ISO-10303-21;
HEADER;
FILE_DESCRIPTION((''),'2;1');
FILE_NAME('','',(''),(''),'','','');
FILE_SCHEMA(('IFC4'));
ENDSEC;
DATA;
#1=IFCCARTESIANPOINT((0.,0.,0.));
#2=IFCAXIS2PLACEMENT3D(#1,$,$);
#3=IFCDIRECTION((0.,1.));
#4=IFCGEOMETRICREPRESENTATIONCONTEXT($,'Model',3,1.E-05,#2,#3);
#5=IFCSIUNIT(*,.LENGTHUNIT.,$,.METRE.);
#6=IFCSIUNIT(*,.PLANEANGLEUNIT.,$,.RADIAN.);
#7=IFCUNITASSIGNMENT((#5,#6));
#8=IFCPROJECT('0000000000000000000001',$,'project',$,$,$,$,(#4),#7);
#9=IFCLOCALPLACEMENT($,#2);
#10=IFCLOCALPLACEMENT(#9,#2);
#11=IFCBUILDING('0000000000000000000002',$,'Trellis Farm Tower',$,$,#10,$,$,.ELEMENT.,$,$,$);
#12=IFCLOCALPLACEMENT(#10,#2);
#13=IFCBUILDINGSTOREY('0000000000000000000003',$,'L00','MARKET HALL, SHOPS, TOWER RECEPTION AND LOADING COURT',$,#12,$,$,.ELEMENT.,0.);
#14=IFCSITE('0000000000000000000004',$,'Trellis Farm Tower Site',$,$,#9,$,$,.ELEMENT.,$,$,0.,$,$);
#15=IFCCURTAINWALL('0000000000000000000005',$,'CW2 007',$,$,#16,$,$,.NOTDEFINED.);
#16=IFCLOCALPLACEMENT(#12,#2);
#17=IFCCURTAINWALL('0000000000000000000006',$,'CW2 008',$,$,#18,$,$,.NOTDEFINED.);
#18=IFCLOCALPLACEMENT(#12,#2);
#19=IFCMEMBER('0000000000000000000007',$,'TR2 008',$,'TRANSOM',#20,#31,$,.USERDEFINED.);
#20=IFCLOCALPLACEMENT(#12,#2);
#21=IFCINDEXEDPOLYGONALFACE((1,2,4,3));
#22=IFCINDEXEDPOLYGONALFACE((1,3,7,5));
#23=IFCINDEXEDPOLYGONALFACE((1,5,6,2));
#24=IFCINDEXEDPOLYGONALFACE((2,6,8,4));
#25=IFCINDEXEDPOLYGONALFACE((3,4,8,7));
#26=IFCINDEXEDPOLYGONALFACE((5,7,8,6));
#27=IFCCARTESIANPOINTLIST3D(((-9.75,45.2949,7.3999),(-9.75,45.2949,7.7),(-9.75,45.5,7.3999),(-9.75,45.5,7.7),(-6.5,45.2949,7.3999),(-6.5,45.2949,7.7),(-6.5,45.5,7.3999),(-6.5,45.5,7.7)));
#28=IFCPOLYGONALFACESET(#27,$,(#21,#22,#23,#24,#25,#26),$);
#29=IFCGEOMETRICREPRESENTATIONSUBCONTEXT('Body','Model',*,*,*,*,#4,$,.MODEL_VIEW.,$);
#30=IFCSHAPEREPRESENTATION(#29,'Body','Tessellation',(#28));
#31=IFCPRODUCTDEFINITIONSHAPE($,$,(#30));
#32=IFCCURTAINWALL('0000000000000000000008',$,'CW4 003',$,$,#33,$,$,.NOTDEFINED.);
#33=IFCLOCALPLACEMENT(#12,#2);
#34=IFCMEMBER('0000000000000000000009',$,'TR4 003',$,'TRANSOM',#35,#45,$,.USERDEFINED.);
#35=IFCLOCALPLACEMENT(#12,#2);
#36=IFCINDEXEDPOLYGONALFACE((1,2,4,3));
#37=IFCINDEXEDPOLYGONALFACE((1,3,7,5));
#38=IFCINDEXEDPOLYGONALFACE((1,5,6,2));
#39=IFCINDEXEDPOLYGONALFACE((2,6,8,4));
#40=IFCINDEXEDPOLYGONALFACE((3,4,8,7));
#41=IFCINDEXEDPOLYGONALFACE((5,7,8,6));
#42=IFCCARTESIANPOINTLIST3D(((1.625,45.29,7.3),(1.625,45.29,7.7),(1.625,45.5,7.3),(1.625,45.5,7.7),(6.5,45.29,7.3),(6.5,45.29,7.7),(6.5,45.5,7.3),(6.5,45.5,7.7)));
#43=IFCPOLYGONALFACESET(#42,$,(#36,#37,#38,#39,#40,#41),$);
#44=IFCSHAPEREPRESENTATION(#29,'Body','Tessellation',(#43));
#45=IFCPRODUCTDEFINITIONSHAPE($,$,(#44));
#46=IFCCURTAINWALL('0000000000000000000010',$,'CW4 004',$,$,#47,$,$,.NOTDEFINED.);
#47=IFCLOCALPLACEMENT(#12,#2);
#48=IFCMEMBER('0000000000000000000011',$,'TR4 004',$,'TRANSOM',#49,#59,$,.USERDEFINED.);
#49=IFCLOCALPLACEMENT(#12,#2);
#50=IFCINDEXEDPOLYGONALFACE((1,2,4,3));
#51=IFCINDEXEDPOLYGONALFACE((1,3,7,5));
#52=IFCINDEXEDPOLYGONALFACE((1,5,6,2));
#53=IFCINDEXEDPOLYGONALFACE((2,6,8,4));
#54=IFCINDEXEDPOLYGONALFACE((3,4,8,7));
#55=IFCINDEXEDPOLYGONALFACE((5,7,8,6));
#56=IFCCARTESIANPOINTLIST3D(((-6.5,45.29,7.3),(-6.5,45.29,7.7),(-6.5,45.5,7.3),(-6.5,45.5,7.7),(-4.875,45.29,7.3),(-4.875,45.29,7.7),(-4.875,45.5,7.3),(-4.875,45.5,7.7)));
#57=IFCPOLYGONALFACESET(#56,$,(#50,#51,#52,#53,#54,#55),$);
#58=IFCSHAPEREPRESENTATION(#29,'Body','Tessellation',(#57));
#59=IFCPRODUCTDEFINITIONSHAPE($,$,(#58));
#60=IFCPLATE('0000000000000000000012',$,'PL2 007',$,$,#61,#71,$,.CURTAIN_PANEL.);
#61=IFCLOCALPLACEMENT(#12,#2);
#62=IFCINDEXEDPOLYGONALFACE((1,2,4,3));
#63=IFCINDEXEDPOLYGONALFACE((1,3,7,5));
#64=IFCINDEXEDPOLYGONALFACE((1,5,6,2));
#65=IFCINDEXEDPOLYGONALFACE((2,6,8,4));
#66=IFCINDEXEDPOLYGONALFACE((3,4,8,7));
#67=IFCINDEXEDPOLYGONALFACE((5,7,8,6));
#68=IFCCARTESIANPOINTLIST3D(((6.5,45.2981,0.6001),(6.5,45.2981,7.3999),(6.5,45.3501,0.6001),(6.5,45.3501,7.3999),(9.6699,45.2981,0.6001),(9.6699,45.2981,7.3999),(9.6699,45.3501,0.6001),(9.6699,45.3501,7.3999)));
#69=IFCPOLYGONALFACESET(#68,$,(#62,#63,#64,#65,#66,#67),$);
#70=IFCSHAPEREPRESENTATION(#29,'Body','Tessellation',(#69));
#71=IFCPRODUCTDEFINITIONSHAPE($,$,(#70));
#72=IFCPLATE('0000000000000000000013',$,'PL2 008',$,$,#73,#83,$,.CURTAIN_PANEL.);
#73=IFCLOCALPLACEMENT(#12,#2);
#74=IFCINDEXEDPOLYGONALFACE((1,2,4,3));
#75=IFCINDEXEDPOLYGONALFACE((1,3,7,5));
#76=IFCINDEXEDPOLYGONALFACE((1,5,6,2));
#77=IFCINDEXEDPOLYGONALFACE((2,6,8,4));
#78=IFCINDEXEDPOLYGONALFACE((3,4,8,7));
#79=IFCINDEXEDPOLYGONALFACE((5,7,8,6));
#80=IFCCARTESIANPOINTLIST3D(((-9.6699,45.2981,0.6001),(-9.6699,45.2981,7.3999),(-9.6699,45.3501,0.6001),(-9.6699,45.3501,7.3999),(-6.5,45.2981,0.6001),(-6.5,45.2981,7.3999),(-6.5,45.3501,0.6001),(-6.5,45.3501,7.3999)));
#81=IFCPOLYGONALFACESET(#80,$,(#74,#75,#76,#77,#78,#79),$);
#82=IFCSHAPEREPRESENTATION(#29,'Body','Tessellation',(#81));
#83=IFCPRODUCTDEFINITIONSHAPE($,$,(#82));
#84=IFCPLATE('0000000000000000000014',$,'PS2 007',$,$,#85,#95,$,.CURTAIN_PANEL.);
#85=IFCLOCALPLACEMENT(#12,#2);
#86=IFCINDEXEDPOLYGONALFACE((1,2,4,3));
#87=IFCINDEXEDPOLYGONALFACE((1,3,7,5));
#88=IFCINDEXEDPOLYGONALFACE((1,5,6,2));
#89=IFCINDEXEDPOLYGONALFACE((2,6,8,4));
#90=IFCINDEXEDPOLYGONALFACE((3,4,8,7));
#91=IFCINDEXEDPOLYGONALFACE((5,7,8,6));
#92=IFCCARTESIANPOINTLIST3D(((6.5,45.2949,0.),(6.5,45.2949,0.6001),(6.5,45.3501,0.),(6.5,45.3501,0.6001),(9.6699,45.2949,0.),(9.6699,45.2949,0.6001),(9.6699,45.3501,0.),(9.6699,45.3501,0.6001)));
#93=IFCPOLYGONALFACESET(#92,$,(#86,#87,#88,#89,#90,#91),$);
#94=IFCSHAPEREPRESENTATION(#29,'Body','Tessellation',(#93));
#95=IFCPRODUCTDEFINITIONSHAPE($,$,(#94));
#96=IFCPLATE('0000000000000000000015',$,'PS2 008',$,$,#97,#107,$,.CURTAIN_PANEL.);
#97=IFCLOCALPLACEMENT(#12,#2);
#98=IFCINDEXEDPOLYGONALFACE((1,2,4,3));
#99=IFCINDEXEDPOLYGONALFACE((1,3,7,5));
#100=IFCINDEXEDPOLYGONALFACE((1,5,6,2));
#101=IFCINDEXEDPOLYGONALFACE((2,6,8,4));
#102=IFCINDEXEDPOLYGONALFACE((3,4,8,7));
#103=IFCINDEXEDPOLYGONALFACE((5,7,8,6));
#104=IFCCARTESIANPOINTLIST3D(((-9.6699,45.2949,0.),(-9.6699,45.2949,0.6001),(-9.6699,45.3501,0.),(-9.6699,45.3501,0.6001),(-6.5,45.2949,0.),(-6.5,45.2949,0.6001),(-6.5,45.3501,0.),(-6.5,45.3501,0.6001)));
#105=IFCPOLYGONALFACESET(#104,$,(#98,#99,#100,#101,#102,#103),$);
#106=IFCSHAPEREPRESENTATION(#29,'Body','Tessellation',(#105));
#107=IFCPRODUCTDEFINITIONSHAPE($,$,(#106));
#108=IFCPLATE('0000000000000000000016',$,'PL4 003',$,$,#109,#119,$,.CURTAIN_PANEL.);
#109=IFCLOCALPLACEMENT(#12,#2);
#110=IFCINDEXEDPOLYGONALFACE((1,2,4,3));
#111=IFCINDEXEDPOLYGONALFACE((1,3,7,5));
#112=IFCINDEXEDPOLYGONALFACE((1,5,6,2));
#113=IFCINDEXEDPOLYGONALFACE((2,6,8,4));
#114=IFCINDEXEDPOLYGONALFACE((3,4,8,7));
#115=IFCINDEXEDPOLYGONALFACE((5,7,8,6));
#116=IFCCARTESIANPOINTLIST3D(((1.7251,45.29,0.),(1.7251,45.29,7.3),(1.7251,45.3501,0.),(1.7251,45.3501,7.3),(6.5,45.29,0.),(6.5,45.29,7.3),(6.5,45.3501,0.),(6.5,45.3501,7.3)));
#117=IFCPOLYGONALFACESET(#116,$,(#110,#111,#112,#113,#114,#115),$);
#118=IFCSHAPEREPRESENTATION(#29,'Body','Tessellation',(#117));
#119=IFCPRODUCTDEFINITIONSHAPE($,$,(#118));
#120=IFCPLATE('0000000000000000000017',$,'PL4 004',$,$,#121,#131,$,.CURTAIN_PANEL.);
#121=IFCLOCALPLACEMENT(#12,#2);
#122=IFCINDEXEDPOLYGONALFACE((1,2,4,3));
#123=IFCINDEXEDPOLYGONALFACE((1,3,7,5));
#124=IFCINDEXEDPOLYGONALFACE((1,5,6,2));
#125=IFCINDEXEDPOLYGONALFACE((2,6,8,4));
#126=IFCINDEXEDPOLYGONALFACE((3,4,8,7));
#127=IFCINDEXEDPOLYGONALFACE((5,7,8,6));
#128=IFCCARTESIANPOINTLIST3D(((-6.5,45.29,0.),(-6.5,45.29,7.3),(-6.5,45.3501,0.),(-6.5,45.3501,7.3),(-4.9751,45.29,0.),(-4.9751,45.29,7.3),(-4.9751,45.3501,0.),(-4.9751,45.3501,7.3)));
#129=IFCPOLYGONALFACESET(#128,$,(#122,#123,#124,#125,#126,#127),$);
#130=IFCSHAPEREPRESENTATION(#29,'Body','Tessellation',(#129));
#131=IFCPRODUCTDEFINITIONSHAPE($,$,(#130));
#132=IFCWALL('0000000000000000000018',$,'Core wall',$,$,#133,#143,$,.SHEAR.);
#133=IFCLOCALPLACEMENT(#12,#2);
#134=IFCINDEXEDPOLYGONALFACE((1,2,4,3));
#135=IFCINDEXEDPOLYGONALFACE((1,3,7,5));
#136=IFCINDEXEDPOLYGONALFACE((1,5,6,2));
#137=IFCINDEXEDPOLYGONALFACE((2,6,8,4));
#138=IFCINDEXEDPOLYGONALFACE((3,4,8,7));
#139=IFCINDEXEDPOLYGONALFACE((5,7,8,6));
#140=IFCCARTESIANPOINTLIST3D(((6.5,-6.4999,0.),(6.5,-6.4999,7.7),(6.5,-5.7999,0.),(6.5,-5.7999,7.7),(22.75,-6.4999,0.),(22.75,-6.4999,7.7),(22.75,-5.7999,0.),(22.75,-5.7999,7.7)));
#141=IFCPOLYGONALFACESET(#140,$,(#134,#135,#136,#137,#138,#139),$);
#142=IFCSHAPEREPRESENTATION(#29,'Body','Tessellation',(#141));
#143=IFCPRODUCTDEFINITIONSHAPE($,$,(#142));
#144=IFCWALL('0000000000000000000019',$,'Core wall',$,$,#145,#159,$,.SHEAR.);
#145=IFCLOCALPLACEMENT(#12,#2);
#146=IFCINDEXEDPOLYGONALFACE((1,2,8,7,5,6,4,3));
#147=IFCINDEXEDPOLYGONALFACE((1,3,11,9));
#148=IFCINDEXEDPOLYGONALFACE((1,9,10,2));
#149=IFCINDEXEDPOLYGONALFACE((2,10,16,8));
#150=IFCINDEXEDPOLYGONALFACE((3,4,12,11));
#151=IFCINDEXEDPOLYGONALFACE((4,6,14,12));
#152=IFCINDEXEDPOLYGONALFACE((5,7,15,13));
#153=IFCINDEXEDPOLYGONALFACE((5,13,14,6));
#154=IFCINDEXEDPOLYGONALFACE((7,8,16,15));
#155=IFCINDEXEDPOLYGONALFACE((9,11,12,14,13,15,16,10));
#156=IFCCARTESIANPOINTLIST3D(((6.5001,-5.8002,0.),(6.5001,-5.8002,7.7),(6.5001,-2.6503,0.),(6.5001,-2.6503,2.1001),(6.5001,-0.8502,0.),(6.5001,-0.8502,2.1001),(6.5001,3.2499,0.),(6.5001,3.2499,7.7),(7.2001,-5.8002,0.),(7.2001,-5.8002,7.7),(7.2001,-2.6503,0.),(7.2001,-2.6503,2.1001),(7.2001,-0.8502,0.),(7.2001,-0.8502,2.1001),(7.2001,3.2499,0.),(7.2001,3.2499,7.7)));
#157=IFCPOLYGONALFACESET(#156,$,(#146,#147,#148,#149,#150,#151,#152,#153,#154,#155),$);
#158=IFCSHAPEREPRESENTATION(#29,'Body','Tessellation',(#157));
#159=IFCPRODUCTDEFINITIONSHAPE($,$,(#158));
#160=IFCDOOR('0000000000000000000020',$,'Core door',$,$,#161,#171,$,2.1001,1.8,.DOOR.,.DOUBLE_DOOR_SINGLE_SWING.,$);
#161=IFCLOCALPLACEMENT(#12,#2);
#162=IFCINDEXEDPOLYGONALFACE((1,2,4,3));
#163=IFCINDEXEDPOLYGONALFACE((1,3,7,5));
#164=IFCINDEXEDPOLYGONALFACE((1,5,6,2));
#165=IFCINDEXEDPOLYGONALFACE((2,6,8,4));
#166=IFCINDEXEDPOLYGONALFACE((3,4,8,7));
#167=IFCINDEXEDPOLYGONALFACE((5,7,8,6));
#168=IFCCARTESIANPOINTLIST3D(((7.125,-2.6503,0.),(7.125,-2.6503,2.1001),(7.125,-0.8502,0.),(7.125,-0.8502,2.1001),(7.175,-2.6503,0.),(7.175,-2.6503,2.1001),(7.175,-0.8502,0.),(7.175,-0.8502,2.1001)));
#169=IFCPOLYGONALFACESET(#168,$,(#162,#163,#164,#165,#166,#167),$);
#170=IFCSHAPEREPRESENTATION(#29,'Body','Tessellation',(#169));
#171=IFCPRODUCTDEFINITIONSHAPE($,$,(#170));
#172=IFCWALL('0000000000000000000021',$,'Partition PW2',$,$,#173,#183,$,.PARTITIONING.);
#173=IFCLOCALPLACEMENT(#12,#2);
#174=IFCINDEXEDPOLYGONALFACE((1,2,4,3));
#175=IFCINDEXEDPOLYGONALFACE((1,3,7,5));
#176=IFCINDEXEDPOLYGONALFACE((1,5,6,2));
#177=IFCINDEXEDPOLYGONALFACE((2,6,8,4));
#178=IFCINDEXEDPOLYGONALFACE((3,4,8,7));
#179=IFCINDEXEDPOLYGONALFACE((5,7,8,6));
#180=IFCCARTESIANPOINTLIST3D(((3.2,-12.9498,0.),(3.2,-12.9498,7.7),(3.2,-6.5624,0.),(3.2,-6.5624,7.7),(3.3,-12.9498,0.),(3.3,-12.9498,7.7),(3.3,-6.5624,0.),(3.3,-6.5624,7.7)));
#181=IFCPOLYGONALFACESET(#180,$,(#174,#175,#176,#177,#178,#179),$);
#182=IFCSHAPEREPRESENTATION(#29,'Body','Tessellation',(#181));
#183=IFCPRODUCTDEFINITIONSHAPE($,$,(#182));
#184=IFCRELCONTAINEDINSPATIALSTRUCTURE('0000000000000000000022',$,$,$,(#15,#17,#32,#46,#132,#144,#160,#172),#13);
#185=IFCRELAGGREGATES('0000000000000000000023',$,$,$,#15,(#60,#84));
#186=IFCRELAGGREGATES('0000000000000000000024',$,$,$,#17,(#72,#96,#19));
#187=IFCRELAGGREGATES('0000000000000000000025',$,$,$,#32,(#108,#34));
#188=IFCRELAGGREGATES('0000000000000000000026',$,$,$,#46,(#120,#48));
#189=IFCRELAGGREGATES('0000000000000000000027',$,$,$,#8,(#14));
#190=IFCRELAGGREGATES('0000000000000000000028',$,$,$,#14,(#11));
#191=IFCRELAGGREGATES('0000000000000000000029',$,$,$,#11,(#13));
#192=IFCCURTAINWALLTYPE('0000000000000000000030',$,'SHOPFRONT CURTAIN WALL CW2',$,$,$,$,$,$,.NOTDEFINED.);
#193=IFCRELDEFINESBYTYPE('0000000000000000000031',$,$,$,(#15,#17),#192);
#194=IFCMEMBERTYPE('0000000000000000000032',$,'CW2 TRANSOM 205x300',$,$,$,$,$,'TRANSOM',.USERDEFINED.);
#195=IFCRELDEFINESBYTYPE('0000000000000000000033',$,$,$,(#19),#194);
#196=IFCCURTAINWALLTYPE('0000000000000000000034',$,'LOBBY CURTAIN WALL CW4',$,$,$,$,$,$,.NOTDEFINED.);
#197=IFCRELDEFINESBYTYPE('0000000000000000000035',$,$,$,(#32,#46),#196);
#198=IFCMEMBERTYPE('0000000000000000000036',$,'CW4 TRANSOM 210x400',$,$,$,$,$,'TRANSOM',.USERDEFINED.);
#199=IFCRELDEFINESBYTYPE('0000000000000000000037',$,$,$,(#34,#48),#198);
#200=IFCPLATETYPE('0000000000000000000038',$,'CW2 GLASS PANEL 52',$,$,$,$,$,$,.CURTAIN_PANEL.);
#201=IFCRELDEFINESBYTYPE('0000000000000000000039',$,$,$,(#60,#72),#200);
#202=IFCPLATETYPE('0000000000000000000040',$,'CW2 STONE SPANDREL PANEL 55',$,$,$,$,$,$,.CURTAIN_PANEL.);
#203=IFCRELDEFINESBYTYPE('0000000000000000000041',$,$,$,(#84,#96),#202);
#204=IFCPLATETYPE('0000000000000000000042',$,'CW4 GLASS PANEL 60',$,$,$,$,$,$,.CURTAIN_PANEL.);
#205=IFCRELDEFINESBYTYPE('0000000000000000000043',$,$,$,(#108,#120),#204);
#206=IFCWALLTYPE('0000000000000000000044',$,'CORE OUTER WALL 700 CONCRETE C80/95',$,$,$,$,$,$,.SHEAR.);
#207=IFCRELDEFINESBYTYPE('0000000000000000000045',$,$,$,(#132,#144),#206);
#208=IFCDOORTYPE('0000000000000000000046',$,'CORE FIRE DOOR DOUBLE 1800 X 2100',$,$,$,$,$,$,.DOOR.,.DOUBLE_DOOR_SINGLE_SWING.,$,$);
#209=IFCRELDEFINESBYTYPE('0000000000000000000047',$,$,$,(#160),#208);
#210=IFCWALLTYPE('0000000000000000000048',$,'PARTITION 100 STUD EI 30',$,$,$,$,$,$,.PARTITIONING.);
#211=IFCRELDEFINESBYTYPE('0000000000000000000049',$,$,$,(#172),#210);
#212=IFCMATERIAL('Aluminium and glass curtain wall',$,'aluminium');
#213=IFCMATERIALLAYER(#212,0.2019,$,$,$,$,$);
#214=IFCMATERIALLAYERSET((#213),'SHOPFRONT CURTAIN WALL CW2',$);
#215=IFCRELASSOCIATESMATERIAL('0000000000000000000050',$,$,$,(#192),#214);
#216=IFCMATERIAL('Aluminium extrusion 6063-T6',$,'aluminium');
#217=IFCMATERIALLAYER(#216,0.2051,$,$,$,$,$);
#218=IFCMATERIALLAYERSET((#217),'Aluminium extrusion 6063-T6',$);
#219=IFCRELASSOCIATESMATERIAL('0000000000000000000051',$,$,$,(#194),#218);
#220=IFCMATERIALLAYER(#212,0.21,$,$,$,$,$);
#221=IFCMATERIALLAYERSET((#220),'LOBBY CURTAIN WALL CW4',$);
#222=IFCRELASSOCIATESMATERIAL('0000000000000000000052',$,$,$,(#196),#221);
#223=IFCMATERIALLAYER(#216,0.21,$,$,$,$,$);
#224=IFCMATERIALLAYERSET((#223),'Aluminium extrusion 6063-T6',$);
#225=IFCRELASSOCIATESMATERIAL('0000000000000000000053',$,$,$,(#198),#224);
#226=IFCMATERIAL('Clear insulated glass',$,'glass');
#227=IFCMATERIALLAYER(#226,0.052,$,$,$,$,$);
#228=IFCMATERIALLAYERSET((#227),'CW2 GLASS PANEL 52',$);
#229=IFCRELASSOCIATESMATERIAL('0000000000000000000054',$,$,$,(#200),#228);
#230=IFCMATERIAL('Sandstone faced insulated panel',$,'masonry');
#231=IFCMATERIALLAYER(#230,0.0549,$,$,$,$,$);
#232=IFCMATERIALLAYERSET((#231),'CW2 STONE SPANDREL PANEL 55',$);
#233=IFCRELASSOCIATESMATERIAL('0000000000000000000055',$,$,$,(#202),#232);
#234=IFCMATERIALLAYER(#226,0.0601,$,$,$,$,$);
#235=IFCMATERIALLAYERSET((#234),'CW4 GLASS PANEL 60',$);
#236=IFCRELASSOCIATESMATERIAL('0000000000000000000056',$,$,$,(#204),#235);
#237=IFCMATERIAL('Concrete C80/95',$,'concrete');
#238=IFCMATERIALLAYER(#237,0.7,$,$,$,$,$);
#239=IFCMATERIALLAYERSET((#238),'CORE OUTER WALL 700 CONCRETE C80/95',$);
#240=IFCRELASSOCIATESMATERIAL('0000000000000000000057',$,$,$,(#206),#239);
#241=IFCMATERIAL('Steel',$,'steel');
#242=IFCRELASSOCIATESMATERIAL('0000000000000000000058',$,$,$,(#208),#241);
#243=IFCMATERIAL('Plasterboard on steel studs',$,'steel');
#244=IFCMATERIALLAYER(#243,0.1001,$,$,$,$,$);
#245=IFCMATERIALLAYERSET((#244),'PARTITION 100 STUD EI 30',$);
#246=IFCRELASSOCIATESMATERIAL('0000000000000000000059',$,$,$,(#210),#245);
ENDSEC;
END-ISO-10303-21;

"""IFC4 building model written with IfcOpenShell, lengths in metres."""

from ifc_helpers import new_model, si_unit, direction, frame, frame_2d, origin, place, context, subcontext, project, spatial, polyline, rectangle, outline, extrude, source, transform, mapped, material, layer, layer_set, type_object, element, fill, aggregate, save


model = new_model("IFC4")

# Units and contexts
model_context = context("Model", 3, precision=1e-05, world=origin(), true_north=direction((0.0, 1.0)))
body_context = subcontext(model_context, "Body", "Model", "MODEL_VIEW")
ifc_project = project(units=[si_unit("LENGTHUNIT", "METRE"), si_unit("PLANEANGLEUNIT", "RADIAN")], contexts=[model_context])

# Site, building, storey
site_placement = place(None, origin())
site = spatial("IfcSite", under=ifc_project, at=site_placement, Name="Trellis Farm Tower Site", CompositionType="ELEMENT", RefElevation=0.0)
building_placement = place(site_placement, origin())
building = spatial("IfcBuilding", under=site, at=building_placement, Name="Trellis Farm Tower", CompositionType="ELEMENT")
storey_placement = place(building_placement, origin())
storey = spatial("IfcBuildingStorey", under=building, at=storey_placement, Name="L00", Description="MARKET HALL, SHOPS, TOWER RECEPTION AND LOADING COURT", CompositionType="ELEMENT", Elevation=0.0)

# Shared definitions
ifc_material_1 = material(Name="Concrete C80/95", Category="concrete")

# Curtain walls, members
ifc_material_2 = material(Name="Aluminium and glass curtain wall", Category="aluminium")
ifc_layer_1 = layer(ifc_material_2, 0.2019)
ifc_layer_set_1 = layer_set([ifc_layer_1], Name="SHOPFRONT CURTAIN WALL CW2")
curtain_wall_type_1 = type_object("IfcCurtainWallType", Name="SHOPFRONT CURTAIN WALL CW2", PredefinedType="NOTDEFINED", material=ifc_layer_set_1)
placement_1 = place(storey_placement, origin())
curtain_wall_1 = element("IfcCurtainWall", 1, at=placement_1, inside=storey, type_object=curtain_wall_type_1, Name="CW2 007", PredefinedType="NOTDEFINED")
ifc_material_3 = material(Name="Aluminium extrusion 6063-T6", Category="aluminium")
ifc_layer_2 = layer(ifc_material_3, 0.2051)
ifc_layer_set_2 = layer_set([ifc_layer_2], Name="Aluminium extrusion 6063-T6")
member_type_1 = type_object("IfcMemberType", Name="CW2 TRANSOM 205x300", ElementType="TRANSOM", PredefinedType="USERDEFINED", material=ifc_layer_set_2)
placement_2 = place(storey_placement, frame((0.0, 0.0, 7.3999)))
curtain_wall_2 = element("IfcCurtainWall", 2, at=placement_1, inside=storey, type_object=curtain_wall_type_1, Name="CW2 008", PredefinedType="NOTDEFINED")
member_1 = element("IfcMember", 3, at=placement_2, type_object=member_type_1, Name="TR2 008", ObjectType="TRANSOM", PredefinedType="USERDEFINED", context=body_context, shape_type="SweptSolid", body=[
    extrude(outline(polyline([(-6.5, 45.5), (-9.75, 45.5), (-9.75, 45.2949), (-6.5, 45.2949), (-6.5, 45.5)])), origin(), (0.0, 0.0, 1.0), 0.3),
])
ifc_layer_3 = layer(ifc_material_2, 0.21)
ifc_layer_set_3 = layer_set([ifc_layer_3], Name="LOBBY CURTAIN WALL CW4")
curtain_wall_type_2 = type_object("IfcCurtainWallType", Name="LOBBY CURTAIN WALL CW4", PredefinedType="NOTDEFINED", material=ifc_layer_set_3)
curtain_wall_3 = element("IfcCurtainWall", 4, at=placement_1, inside=storey, type_object=curtain_wall_type_2, Name="CW4 003", PredefinedType="NOTDEFINED")
ifc_layer_4 = layer(ifc_material_3, 0.21)
ifc_layer_set_4 = layer_set([ifc_layer_4], Name="Aluminium extrusion 6063-T6")
member_type_2 = type_object("IfcMemberType", Name="CW4 TRANSOM 210x400", ElementType="TRANSOM", PredefinedType="USERDEFINED", material=ifc_layer_set_4)
placement_3 = place(storey_placement, frame((0.0, 0.0, 7.3)))
member_2 = element("IfcMember", 5, at=placement_3, type_object=member_type_2, Name="TR4 003", ObjectType="TRANSOM", PredefinedType="USERDEFINED", context=body_context, shape_type="SweptSolid", body=[
    extrude(outline(polyline([(6.5, 45.5), (1.625, 45.5), (1.625, 45.29), (6.5, 45.29), (6.5, 45.5)])), origin(), (0.0, 0.0, 1.0), 0.3999),
])
curtain_wall_4 = element("IfcCurtainWall", 6, at=placement_1, inside=storey, type_object=curtain_wall_type_2, Name="CW4 004", PredefinedType="NOTDEFINED")
member_3 = element("IfcMember", 7, at=placement_3, type_object=member_type_2, Name="TR4 004", ObjectType="TRANSOM", PredefinedType="USERDEFINED", context=body_context, shape_type="SweptSolid", body=[
    extrude(outline(polyline([(-4.875, 45.5), (-6.5, 45.5), (-6.5, 45.29), (-4.875, 45.29), (-4.875, 45.5)])), origin(), (0.0, 0.0, 1.0), 0.3999),
])

# Plates
ifc_material_4 = material(Name="Clear insulated glass", Category="glass")
ifc_layer_5 = layer(ifc_material_4, 0.052)
ifc_layer_set_5 = layer_set([ifc_layer_5], Name="CW2 GLASS PANEL 52")
plate_type_1 = type_object("IfcPlateType", Name="CW2 GLASS PANEL 52", PredefinedType="CURTAIN_PANEL", material=ifc_layer_set_5)
placement_4 = place(storey_placement, frame((0.0, 0.0, 0.6001)))
plate_1 = element("IfcPlate", 8, at=placement_4, type_object=plate_type_1, Name="PL2 007", PredefinedType="CURTAIN_PANEL", context=body_context, shape_type="SweptSolid", body=[
    extrude(outline(polyline([(9.6699, 45.3501), (6.5, 45.3501), (6.5, 45.2981), (9.6699, 45.2981), (9.6699, 45.3501)])), origin(), (0.0, 0.0, 1.0), 6.7998),
])
plate_2 = element("IfcPlate", 9, at=placement_4, type_object=plate_type_1, Name="PL2 008", PredefinedType="CURTAIN_PANEL", context=body_context, shape_type="SweptSolid", body=[
    extrude(outline(polyline([(-6.5, 45.3501), (-9.6699, 45.3501), (-9.6699, 45.2981), (-6.5, 45.2981), (-6.5, 45.3501)])), origin(), (0.0, 0.0, 1.0), 6.7998),
])
ifc_material_5 = material(Name="Sandstone faced insulated panel", Category="masonry")
ifc_layer_6 = layer(ifc_material_5, 0.0549)
ifc_layer_set_6 = layer_set([ifc_layer_6], Name="CW2 STONE SPANDREL PANEL 55")
plate_type_2 = type_object("IfcPlateType", Name="CW2 STONE SPANDREL PANEL 55", PredefinedType="CURTAIN_PANEL", material=ifc_layer_set_6)
plate_3 = element("IfcPlate", 10, at=placement_1, type_object=plate_type_2, Name="PS2 007", PredefinedType="CURTAIN_PANEL", context=body_context, shape_type="SweptSolid", body=[
    extrude(outline(polyline([(9.6699, 45.3501), (6.5, 45.3501), (6.5, 45.2949), (9.6699, 45.2949), (9.6699, 45.3501)])), origin(), (0.0, 0.0, 1.0), 0.6001),
])
aggregate(curtain_wall_1, [plate_1, plate_3])
plate_4 = element("IfcPlate", 11, at=placement_1, type_object=plate_type_2, Name="PS2 008", PredefinedType="CURTAIN_PANEL", context=body_context, shape_type="SweptSolid", body=[
    extrude(outline(polyline([(-6.5, 45.3501), (-9.6699, 45.3501), (-9.6699, 45.2949), (-6.5, 45.2949), (-6.5, 45.3501)])), origin(), (0.0, 0.0, 1.0), 0.6001),
])
aggregate(curtain_wall_2, [plate_2, plate_4, member_1])
ifc_layer_7 = layer(ifc_material_4, 0.0601)
ifc_layer_set_7 = layer_set([ifc_layer_7], Name="CW4 GLASS PANEL 60")
plate_type_3 = type_object("IfcPlateType", Name="CW4 GLASS PANEL 60", PredefinedType="CURTAIN_PANEL", material=ifc_layer_set_7)
plate_5 = element("IfcPlate", 12, at=placement_1, type_object=plate_type_3, Name="PL4 003", PredefinedType="CURTAIN_PANEL", context=body_context, shape_type="SweptSolid", body=[
    extrude(outline(polyline([(6.5, 45.3501), (1.7251, 45.3501), (1.7251, 45.29), (6.5, 45.29), (6.5, 45.3501)])), origin(), (0.0, 0.0, 1.0), 7.3),
])
aggregate(curtain_wall_3, [plate_5, member_2])
plate_6 = element("IfcPlate", 13, at=placement_1, type_object=plate_type_3, Name="PL4 004", PredefinedType="CURTAIN_PANEL", context=body_context, shape_type="SweptSolid", body=[
    extrude(outline(polyline([(-4.9751, 45.3501), (-6.5, 45.3501), (-6.5, 45.29), (-4.9751, 45.29), (-4.9751, 45.3501)])), origin(), (0.0, 0.0, 1.0), 7.3),
])
aggregate(curtain_wall_4, [plate_6, member_3])

# Wall
ifc_layer_8 = layer(ifc_material_1, 0.7)
ifc_layer_set_8 = layer_set([ifc_layer_8], Name="CORE OUTER WALL 700 CONCRETE C80/95")
wall_type_1 = type_object("IfcWallType", Name="CORE OUTER WALL 700 CONCRETE C80/95", PredefinedType="SHEAR", material=ifc_layer_set_8)
wall_1_placement = place(storey_placement, frame((6.5, -6.1499, 0.0), z_axis=(0.0, 0.0, 1.0), x_axis=(1.0, 0.0, 0.0)))
element("IfcWall", 14, at=wall_1_placement, inside=storey, type_object=wall_type_1, Name="Core wall", PredefinedType="SHEAR", context=body_context, shape_type="SweptSolid", body=[
    extrude(rectangle(XDim=16.25, YDim=0.7, at=frame_2d((8.125, 0.0))), origin(), (0.0, 0.0, 1.0), 7.7),
])

# Wall, opening, door
wall_2_placement = place(storey_placement, frame((6.8501, -5.8, 0.0), z_axis=(0.0, 0.0, 1.0), x_axis=(0.0, 1.0, 0.0)))
wall_2 = element("IfcWall", 15, at=wall_2_placement, inside=storey, type_object=wall_type_1, Name="Core wall", PredefinedType="SHEAR", context=body_context, shape_type="SweptSolid", body=[
    extrude(rectangle(XDim=9.05, YDim=0.7, at=frame_2d((4.5249, 0.0))), origin(), (0.0, 0.0, 1.0), 7.7),
])
shared_shape_1 = source(origin(), body_context, "Body", "SweptSolid", [
    extrude(rectangle(XDim=1.8, YDim=2.1001, at=frame_2d((0.8999, 1.05))), frame((0.0, 0.3601, 0.0), z_axis=(0.0, -1.0, 0.0), x_axis=(1.0, 0.0, 0.0)), (0.0, 0.0, 1.0), 0.7202),
])
opening_1_placement = place(wall_2_placement, frame((3.1499, 0.0, 0.0)))
opening_1 = element("IfcOpeningElement", 16, at=opening_1_placement, cuts=wall_2, PredefinedType="OPENING", context=body_context, shape_type="MappedRepresentation", body=[
    mapped(shared_shape_1, transform((0.0, 0.0, 0.0))),
])
ifc_material_6 = material(Name="Steel", Category="steel")
door_type_1 = type_object("IfcDoorType", Name="CORE FIRE DOOR DOUBLE 1800 X 2100", OperationType="DOUBLE_DOOR_SINGLE_SWING", PredefinedType="DOOR", material=ifc_material_6)
shared_shape_2 = source(origin(), body_context, "Body", "SweptSolid", [
    extrude(rectangle(XDim=1.8, YDim=2.1001, at=frame_2d((0.8999, 1.05))), frame((0.0, -0.2749, 0.0), z_axis=(0.0, -1.0, 0.0), x_axis=(1.0, 0.0, 0.0)), (0.0, 0.0, 1.0), 0.05),
])
door_1_placement = place(opening_1_placement, origin())
door_1 = element("IfcDoor", 17, at=door_1_placement, inside=storey, type_object=door_type_1, Name="Core door", OperationType="DOUBLE_DOOR_SINGLE_SWING", OverallHeight=2.1001, OverallWidth=1.8, PredefinedType="DOOR", context=body_context, shape_type="MappedRepresentation", body=[
    mapped(shared_shape_2, transform((0.0, 0.0, 0.0))),
])
fill(opening_1, door_1)

# Wall
ifc_material_7 = material(Name="Plasterboard on steel studs", Category="steel")
ifc_layer_9 = layer(ifc_material_7, 0.1001)
ifc_layer_set_9 = layer_set([ifc_layer_9], Name="PARTITION 100 STUD EI 30")
wall_type_2 = type_object("IfcWallType", Name="PARTITION 100 STUD EI 30", PredefinedType="PARTITIONING", material=ifc_layer_set_9)
wall_3_placement = place(storey_placement, frame((3.25, -12.95, 0.0), z_axis=(0.0, 0.0, 1.0), x_axis=(0.0, 1.0, 0.0)))
element("IfcWall", 18, at=wall_3_placement, inside=storey, type_object=wall_type_2, Name="Partition PW2", PredefinedType="PARTITIONING", context=body_context, shape_type="SweptSolid", body=[
    extrude(rectangle(XDim=6.3875, YDim=0.1001, at=frame_2d((3.1938, 0.0))), origin(), (0.0, 0.0, 1.0), 7.7),
])

save(model, "model.ifc")
